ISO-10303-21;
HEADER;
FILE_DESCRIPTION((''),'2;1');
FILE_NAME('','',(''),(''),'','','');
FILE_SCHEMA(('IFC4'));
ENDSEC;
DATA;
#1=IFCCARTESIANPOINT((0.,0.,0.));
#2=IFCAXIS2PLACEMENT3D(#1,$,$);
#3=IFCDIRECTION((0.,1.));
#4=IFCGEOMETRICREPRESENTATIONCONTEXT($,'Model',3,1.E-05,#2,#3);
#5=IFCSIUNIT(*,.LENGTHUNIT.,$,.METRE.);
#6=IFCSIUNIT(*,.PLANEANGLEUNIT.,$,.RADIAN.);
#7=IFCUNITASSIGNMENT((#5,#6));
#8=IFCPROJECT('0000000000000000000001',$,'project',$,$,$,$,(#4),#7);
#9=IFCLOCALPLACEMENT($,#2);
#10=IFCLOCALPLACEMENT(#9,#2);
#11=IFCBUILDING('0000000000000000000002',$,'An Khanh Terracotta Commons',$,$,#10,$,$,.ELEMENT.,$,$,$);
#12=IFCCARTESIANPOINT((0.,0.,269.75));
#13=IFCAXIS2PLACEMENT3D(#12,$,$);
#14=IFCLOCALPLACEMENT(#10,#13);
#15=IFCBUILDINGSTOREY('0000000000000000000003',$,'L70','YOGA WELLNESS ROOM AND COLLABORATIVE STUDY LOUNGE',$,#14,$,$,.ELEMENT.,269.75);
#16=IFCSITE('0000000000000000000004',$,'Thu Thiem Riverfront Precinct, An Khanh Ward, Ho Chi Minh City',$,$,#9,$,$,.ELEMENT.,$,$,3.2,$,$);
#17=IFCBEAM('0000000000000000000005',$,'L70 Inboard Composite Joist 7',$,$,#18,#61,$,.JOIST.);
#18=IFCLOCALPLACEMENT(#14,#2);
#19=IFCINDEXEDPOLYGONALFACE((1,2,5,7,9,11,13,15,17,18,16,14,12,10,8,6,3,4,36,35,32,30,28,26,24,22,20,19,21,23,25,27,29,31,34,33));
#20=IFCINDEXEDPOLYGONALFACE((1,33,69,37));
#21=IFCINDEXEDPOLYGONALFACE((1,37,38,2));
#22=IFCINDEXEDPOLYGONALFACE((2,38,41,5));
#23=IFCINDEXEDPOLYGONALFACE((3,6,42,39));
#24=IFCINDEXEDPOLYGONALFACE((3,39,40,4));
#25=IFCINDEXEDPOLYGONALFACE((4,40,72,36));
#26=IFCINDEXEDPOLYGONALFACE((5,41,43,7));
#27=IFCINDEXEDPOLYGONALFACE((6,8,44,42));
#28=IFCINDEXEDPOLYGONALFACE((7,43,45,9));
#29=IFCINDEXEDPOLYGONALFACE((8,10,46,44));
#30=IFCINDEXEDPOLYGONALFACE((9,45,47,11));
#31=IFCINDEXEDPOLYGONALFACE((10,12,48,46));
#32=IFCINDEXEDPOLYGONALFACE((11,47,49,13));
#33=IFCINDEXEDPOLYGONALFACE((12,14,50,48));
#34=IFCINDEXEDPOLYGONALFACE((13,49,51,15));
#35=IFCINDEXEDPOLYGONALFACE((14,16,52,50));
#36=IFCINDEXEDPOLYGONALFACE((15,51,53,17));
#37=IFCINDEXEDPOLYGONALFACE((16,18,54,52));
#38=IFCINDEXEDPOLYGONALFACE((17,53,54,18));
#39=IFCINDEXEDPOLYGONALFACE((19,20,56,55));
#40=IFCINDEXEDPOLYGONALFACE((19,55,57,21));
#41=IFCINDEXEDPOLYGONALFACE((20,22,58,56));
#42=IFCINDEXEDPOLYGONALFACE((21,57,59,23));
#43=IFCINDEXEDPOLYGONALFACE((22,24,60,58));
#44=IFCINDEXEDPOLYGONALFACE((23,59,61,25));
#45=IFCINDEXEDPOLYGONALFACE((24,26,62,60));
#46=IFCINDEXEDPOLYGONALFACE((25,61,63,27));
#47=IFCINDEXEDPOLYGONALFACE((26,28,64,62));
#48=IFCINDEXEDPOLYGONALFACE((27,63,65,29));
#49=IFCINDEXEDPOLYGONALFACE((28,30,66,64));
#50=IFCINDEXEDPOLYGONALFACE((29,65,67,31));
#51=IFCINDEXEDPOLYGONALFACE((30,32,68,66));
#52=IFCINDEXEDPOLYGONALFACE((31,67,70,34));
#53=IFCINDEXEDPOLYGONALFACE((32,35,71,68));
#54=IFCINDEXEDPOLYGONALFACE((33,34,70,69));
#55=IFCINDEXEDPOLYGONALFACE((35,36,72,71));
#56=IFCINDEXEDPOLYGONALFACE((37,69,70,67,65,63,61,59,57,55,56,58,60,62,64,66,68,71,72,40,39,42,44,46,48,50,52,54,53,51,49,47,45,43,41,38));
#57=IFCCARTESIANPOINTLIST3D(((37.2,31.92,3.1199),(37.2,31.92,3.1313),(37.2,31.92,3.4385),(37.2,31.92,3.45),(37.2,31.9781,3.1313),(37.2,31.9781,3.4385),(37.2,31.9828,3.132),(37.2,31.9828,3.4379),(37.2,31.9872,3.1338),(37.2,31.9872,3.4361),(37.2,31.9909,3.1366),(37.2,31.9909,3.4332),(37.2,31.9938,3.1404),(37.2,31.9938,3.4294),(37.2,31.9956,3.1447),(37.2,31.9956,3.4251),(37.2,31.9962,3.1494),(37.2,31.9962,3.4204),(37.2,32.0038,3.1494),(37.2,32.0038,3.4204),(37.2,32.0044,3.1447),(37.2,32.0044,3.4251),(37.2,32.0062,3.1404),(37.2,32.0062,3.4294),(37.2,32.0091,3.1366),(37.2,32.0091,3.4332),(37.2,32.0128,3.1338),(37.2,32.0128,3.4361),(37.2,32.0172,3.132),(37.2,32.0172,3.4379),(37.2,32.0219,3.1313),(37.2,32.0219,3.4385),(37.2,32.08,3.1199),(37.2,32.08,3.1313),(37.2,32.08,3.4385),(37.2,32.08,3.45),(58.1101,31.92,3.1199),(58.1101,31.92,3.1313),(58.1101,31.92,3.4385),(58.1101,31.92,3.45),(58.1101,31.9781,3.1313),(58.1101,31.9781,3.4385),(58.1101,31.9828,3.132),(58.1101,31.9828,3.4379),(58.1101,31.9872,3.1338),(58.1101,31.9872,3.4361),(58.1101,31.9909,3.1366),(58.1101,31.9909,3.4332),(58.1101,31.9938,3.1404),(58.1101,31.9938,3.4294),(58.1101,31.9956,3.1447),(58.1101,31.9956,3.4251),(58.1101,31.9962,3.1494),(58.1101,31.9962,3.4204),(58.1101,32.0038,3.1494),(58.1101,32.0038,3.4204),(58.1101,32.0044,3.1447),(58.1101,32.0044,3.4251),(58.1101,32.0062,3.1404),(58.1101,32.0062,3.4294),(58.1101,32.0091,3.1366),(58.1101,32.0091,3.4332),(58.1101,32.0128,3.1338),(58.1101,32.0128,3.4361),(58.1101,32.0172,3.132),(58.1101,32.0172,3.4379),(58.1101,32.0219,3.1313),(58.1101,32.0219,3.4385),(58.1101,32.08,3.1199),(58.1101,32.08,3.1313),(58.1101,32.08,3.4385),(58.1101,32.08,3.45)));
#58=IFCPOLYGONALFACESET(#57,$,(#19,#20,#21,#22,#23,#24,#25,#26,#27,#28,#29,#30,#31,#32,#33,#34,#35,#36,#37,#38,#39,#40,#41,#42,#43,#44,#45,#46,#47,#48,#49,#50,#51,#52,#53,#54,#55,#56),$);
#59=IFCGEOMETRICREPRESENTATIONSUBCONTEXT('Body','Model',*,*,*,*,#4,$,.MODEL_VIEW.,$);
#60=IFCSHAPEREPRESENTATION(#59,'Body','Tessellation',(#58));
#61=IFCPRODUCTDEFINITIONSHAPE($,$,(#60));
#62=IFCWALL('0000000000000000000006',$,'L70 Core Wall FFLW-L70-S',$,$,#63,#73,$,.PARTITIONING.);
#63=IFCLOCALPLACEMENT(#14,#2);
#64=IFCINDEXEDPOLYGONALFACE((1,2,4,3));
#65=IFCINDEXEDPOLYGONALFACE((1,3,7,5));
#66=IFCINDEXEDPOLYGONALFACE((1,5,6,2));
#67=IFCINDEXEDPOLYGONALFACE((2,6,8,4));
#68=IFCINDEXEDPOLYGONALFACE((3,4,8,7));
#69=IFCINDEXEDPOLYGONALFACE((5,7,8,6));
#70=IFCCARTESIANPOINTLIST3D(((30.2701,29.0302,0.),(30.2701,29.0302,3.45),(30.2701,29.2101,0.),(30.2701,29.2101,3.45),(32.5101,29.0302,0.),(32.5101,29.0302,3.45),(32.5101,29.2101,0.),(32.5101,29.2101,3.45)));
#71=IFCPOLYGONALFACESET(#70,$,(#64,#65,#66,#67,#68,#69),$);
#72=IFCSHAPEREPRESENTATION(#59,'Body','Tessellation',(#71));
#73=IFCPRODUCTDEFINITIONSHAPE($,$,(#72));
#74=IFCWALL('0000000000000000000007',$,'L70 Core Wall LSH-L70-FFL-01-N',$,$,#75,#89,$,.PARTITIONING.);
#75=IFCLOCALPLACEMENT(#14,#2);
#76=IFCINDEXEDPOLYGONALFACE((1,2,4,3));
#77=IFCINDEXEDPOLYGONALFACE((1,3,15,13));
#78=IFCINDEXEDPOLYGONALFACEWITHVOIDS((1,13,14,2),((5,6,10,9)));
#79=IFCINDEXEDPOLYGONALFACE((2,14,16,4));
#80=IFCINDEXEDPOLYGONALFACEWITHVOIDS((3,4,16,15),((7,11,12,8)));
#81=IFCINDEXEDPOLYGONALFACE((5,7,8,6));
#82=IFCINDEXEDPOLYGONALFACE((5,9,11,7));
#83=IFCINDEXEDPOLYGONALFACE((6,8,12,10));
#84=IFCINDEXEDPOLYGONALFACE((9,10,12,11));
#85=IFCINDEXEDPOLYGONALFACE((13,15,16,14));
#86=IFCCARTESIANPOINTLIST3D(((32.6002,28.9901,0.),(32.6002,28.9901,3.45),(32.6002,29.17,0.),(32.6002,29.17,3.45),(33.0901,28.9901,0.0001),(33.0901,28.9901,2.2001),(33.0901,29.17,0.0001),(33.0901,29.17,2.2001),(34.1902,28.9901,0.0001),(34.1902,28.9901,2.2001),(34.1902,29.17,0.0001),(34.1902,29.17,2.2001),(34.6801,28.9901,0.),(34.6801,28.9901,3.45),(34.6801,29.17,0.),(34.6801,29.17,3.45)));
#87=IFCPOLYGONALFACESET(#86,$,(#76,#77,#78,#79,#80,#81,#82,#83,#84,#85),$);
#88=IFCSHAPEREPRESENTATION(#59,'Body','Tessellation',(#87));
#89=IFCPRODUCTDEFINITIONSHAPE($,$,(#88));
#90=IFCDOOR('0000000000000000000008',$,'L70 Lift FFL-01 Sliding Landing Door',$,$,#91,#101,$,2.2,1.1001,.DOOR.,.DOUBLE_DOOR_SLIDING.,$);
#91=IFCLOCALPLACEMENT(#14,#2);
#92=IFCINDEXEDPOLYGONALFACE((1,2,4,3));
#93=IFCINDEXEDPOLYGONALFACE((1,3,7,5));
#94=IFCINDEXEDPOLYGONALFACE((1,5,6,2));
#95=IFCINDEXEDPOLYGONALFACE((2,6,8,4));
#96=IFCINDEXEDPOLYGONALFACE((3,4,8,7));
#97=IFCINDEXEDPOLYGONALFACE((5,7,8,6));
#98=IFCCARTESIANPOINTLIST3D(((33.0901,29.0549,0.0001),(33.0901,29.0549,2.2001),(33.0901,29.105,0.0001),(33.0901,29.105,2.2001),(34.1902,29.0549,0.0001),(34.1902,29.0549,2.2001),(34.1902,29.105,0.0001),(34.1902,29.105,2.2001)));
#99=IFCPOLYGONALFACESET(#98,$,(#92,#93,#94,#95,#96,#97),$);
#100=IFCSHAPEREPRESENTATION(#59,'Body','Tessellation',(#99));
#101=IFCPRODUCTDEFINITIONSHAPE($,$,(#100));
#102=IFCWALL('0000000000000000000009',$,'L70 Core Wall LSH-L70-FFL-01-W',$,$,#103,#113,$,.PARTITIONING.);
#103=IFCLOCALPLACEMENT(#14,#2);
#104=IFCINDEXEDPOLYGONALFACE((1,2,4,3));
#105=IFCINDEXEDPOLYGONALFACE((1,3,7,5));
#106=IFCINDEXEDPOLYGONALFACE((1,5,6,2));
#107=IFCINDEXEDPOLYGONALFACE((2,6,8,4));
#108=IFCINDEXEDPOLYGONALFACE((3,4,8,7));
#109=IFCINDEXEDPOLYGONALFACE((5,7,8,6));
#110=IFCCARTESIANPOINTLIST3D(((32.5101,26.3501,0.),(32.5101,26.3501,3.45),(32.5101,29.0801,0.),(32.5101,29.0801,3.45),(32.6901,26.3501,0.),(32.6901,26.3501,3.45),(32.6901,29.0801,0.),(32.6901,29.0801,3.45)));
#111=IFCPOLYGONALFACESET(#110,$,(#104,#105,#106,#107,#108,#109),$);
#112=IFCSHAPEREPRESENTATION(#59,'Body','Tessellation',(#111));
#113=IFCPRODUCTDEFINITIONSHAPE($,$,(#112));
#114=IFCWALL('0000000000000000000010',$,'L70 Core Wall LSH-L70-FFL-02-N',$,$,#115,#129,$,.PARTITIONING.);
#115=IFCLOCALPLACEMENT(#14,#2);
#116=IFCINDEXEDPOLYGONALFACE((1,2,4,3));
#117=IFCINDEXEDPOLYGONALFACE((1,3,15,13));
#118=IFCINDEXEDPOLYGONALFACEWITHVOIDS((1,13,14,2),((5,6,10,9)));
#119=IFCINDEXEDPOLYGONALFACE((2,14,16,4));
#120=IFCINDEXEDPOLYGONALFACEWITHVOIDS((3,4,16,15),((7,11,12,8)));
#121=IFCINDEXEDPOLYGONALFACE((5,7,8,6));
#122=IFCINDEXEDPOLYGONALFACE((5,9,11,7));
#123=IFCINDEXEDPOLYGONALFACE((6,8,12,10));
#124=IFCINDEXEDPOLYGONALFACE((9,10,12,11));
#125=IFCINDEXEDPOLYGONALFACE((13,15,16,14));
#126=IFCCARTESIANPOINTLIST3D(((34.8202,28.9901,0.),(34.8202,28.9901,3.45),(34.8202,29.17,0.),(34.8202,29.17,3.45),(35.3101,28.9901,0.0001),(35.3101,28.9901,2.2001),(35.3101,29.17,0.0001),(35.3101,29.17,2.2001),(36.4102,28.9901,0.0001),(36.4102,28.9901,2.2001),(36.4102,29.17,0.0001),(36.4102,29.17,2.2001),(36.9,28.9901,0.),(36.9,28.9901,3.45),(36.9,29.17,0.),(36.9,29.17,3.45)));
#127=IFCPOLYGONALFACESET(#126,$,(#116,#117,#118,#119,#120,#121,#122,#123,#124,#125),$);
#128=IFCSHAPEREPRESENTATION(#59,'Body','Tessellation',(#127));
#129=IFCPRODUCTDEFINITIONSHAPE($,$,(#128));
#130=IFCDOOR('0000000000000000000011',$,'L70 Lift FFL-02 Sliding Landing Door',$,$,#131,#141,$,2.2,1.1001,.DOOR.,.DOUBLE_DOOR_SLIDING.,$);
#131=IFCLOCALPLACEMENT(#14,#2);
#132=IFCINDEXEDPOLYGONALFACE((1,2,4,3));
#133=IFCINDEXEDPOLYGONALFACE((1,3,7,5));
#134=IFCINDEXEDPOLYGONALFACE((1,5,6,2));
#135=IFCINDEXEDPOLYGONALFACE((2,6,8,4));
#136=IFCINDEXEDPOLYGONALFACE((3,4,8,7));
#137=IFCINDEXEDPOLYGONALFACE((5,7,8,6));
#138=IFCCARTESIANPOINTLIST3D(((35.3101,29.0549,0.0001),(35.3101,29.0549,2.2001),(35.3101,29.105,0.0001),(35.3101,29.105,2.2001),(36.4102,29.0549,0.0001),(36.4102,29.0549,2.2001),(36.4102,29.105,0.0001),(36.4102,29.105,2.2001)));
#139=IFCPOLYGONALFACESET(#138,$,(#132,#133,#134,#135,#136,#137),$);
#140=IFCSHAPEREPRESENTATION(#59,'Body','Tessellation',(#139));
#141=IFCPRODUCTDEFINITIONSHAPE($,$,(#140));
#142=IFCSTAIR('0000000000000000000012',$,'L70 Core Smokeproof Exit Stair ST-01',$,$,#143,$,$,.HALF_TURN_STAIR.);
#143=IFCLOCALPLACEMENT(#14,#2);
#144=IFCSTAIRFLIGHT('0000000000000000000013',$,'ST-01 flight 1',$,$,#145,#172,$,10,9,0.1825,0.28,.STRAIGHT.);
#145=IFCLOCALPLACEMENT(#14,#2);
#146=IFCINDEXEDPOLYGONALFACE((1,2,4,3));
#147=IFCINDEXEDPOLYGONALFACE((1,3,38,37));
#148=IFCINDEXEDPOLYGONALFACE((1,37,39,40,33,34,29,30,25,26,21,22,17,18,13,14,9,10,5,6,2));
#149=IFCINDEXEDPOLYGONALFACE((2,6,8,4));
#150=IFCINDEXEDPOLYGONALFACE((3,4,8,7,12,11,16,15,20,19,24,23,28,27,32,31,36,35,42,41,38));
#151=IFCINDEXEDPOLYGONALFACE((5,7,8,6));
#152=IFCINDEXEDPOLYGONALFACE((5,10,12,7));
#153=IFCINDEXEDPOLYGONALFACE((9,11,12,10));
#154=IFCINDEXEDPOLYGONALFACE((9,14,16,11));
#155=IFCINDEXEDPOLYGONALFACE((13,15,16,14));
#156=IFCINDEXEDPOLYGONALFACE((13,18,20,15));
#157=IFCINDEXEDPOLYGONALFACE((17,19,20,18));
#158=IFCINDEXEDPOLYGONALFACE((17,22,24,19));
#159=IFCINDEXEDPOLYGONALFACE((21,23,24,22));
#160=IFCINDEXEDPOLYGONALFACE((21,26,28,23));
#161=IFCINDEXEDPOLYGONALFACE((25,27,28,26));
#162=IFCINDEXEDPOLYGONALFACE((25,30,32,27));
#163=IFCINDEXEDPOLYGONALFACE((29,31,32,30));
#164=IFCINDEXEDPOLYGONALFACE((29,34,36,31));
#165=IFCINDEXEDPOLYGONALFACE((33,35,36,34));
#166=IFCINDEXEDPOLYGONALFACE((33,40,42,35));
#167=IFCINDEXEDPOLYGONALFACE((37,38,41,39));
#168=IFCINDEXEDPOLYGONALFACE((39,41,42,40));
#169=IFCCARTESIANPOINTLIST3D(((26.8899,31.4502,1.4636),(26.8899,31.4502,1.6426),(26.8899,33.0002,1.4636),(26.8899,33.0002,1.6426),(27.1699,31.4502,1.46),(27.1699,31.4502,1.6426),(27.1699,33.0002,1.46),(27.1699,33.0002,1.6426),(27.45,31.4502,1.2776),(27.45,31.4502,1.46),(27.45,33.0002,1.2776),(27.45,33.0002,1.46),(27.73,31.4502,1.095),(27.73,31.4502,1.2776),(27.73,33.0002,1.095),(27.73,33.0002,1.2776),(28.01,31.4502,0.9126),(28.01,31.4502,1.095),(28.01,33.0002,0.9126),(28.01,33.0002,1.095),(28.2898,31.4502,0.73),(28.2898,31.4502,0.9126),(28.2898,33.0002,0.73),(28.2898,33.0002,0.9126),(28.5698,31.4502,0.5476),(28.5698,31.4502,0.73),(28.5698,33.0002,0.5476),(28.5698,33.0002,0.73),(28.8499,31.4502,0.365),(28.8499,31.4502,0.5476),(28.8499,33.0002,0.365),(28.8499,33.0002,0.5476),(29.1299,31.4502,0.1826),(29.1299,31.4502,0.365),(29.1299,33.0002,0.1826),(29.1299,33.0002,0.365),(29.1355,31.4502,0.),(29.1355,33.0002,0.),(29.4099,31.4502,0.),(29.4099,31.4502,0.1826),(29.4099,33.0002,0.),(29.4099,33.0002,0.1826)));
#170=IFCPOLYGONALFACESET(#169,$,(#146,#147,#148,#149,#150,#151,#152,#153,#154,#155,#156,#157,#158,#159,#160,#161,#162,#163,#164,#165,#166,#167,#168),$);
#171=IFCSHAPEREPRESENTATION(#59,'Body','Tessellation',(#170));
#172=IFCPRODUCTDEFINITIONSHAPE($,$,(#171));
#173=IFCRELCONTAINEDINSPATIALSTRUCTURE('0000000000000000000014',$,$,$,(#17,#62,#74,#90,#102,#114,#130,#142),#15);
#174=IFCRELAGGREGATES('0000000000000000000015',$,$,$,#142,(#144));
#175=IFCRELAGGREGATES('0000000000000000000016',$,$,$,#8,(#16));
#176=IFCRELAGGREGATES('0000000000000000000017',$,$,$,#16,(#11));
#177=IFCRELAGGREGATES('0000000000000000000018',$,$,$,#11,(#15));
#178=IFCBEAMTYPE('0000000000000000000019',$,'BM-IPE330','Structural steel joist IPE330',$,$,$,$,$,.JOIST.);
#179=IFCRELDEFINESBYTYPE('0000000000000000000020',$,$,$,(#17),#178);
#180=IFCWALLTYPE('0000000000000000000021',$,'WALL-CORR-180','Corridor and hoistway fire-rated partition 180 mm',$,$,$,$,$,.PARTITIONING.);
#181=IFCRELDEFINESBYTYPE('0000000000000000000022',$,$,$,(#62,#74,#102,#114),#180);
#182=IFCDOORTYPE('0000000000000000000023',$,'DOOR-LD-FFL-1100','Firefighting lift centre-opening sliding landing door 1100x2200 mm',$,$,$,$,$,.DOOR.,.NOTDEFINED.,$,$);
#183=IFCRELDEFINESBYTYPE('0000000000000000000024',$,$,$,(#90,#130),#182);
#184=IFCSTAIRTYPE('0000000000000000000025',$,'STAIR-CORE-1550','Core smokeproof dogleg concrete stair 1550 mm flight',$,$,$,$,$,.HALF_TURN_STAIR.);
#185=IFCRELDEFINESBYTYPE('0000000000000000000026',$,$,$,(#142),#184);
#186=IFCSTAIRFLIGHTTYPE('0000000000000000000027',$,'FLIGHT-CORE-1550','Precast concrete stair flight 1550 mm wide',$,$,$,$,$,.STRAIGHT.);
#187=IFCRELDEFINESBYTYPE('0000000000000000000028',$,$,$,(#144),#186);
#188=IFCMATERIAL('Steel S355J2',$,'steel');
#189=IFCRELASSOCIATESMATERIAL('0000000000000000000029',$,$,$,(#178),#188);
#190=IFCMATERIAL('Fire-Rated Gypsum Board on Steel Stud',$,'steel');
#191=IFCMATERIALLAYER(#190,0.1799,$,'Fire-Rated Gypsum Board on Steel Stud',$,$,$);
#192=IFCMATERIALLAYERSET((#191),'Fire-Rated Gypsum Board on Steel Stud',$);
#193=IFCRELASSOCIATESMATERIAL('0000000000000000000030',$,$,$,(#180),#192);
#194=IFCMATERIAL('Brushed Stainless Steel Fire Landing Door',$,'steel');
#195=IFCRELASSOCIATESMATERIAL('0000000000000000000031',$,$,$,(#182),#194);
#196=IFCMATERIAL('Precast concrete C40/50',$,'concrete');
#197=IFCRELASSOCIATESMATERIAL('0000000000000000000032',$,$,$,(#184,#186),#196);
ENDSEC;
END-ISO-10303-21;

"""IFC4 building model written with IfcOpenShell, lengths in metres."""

from ifc_helpers import new_model, si_unit, direction, frame, frame_2d, origin, origin_2d, place, context, subcontext, project, spatial, polyline, rectangle, i_section, outline, extrude, material, layer, layer_set, material_profile, profile_set, type_object, element, fill, aggregate, save


model = new_model("IFC4")

# Units and contexts
model_context = context("Model", 3, precision=1e-05, world=origin(), true_north=direction((0.0, 1.0)))
body_context = subcontext(model_context, "Body", "Model", "MODEL_VIEW")
ifc_project = project(units=[si_unit("LENGTHUNIT", "METRE"), si_unit("PLANEANGLEUNIT", "RADIAN")], contexts=[model_context])

# Site, building, storey
site_placement = place(None, origin())
site = spatial("IfcSite", under=ifc_project, at=site_placement, Name="Thu Thiem Riverfront Precinct, An Khanh Ward, Ho Chi Minh City", CompositionType="ELEMENT", RefElevation=3.2)
building_placement = place(site_placement, origin())
building = spatial("IfcBuilding", under=site, at=building_placement, Name="An Khanh Terracotta Commons", CompositionType="ELEMENT")
storey_placement = place(building_placement, frame((0.0, 0.0, 269.75)))
storey = spatial("IfcBuildingStorey", under=building, at=storey_placement, Name="L70", Description="YOGA WELLNESS ROOM AND COLLABORATIVE STUDY LOUNGE", CompositionType="ELEMENT", Elevation=269.75)

# Beam
ifc_material_1 = material(Name="Steel S355J2", Category="steel")
ifc_material_profile_1 = material_profile(ifc_material_1, i_section(OverallWidth=0.1599, OverallDepth=0.3301, WebThickness=0.0076, FlangeThickness=0.0115, FilletRadius=0.0181, at=origin_2d()), Name="IPE330")
ifc_profile_set_1 = profile_set([ifc_material_profile_1], Name="Steel S355J2")
beam_type_1 = type_object("IfcBeamType", Name="BM-IPE330", Description="Structural steel joist IPE330", PredefinedType="JOIST", material=ifc_profile_set_1)
for number, where, z_axis, x_axis, name in (
    (1, (37.2, 32.0, 3.2849), (1.0, 0.0, 0.0), (0.0, 1.0, 0.0), "L70 Inboard Composite Joist 7"),
):
    element("IfcBeam", number, at=place(storey_placement, frame(where, z_axis=z_axis, x_axis=x_axis)), inside=storey, type_object=beam_type_1, Name=name, PredefinedType="JOIST", context=body_context, shape_type="SweptSolid", body=[
        extrude(i_section(OverallWidth=0.1599, OverallDepth=0.3301, WebThickness=0.0076, FlangeThickness=0.0115, FilletRadius=0.0181, at=origin_2d()), origin(), (0.0, 0.0, 1.0), 20.9102),
    ])

# Wall
ifc_material_2 = material(Name="Fire-Rated Gypsum Board on Steel Stud", Category="steel")
ifc_layer_1 = layer(ifc_material_2, 0.1799, Name="Fire-Rated Gypsum Board on Steel Stud")
ifc_layer_set_1 = layer_set([ifc_layer_1], Name="Fire-Rated Gypsum Board on Steel Stud")
wall_type_1 = type_object("IfcWallType", Name="WALL-CORR-180", Description="Corridor and hoistway fire-rated partition 180 mm", PredefinedType="PARTITIONING", material=ifc_layer_set_1)
wall_1_placement = place(storey_placement, frame((30.27, 29.1201, 0.0), z_axis=(0.0, 0.0, 1.0), x_axis=(1.0, 0.0, 0.0)))
element("IfcWall", 2, at=wall_1_placement, inside=storey, type_object=wall_type_1, Name="L70 Core Wall FFLW-L70-S", PredefinedType="PARTITIONING", context=body_context, shape_type="SweptSolid", body=[
    extrude(rectangle(XDim=2.24, YDim=0.1799, at=frame_2d((1.1201, 0.0))), origin(), (0.0, 0.0, 1.0), 3.45),
])

# Wall, opening, door
wall_2_placement = place(storey_placement, frame((32.6001, 29.0801, 0.0), z_axis=(0.0, 0.0, 1.0), x_axis=(1.0, 0.0, 0.0)))
wall_2 = element("IfcWall", 3, at=wall_2_placement, inside=storey, type_object=wall_type_1, Name="L70 Core Wall LSH-L70-FFL-01-N", PredefinedType="PARTITIONING", context=body_context, shape_type="SweptSolid", body=[
    extrude(rectangle(XDim=2.0798, YDim=0.1799, at=frame_2d((1.04, 0.0))), origin(), (0.0, 0.0, 1.0), 3.45),
])
opening_1_placement = place(wall_2_placement, frame((0.49, 0.0, 0.0)))
opening_1 = element("IfcOpeningElement", 4, at=opening_1_placement, cuts=wall_2, PredefinedType="OPENING", context=body_context, shape_type="SweptSolid", body=[
    extrude(rectangle(XDim=1.1001, YDim=2.2, at=frame_2d((0.55, 1.1001))), frame((0.0, 0.0999, 0.0), z_axis=(0.0, -1.0, 0.0), x_axis=(1.0, 0.0, 0.0)), (0.0, 0.0, 1.0), 0.2),
])
ifc_material_3 = material(Name="Brushed Stainless Steel Fire Landing Door", Category="steel")
door_type_1 = type_object("IfcDoorType", Name="DOOR-LD-FFL-1100", Description="Firefighting lift centre-opening sliding landing door 1100x2200 mm", OperationType="NOTDEFINED", PredefinedType="DOOR", material=ifc_material_3)
door_1_placement = place(opening_1_placement, origin())
door_1 = element("IfcDoor", 5, at=door_1_placement, inside=storey, type_object=door_type_1, Name="L70 Lift FFL-01 Sliding Landing Door", OperationType="DOUBLE_DOOR_SLIDING", OverallHeight=2.2, OverallWidth=1.1001, PredefinedType="DOOR", context=body_context, shape_type="SweptSolid", body=[
    extrude(rectangle(XDim=1.1001, YDim=2.2, at=frame_2d((0.55, 1.1001))), frame((0.0, 0.0249, 0.0), z_axis=(0.0, -1.0, 0.0), x_axis=(1.0, 0.0, 0.0)), (0.0, 0.0, 1.0), 0.05),
])
fill(opening_1, door_1)

# Wall
wall_3_placement = place(storey_placement, frame((32.6001, 29.0801, 0.0), z_axis=(0.0, 0.0, 1.0), x_axis=(0.0, -1.0, 0.0)))
element("IfcWall", 6, at=wall_3_placement, inside=storey, type_object=wall_type_1, Name="L70 Core Wall LSH-L70-FFL-01-W", PredefinedType="PARTITIONING", context=body_context, shape_type="SweptSolid", body=[
    extrude(rectangle(XDim=2.73, YDim=0.1799, at=frame_2d((1.365, 0.0))), origin(), (0.0, 0.0, 1.0), 3.45),
])

# Wall, opening, door
wall_4_placement = place(storey_placement, frame((34.8201, 29.0801, 0.0), z_axis=(0.0, 0.0, 1.0), x_axis=(1.0, 0.0, 0.0)))
wall_4 = element("IfcWall", 7, at=wall_4_placement, inside=storey, type_object=wall_type_1, Name="L70 Core Wall LSH-L70-FFL-02-N", PredefinedType="PARTITIONING", context=body_context, shape_type="SweptSolid", body=[
    extrude(rectangle(XDim=2.0798, YDim=0.1799, at=frame_2d((1.04, 0.0))), origin(), (0.0, 0.0, 1.0), 3.45),
])
opening_2_placement = place(wall_4_placement, frame((0.49, 0.0, 0.0)))
opening_2 = element("IfcOpeningElement", 8, at=opening_2_placement, cuts=wall_4, PredefinedType="OPENING", context=body_context, shape_type="SweptSolid", body=[
    extrude(rectangle(XDim=1.1001, YDim=2.2, at=frame_2d((0.55, 1.1001))), frame((0.0, 0.0999, 0.0), z_axis=(0.0, -1.0, 0.0), x_axis=(1.0, 0.0, 0.0)), (0.0, 0.0, 1.0), 0.2),
])
door_2_placement = place(opening_2_placement, origin())
door_2 = element("IfcDoor", 9, at=door_2_placement, inside=storey, type_object=door_type_1, Name="L70 Lift FFL-02 Sliding Landing Door", OperationType="DOUBLE_DOOR_SLIDING", OverallHeight=2.2, OverallWidth=1.1001, PredefinedType="DOOR", context=body_context, shape_type="SweptSolid", body=[
    extrude(rectangle(XDim=1.1001, YDim=2.2, at=frame_2d((0.55, 1.1001))), frame((0.0, 0.0249, 0.0), z_axis=(0.0, -1.0, 0.0), x_axis=(1.0, 0.0, 0.0)), (0.0, 0.0, 1.0), 0.05),
])
fill(opening_2, door_2)

# Stair, stair flight
ifc_material_4 = material(Name="Precast concrete C40/50", Category="concrete")
stair_type = type_object("IfcStairType", Name="STAIR-CORE-1550", Description="Core smokeproof dogleg concrete stair 1550 mm flight", PredefinedType="HALF_TURN_STAIR", material=ifc_material_4)
stair_placement = place(storey_placement, origin())
stair = element("IfcStair", 10, at=stair_placement, inside=storey, type_object=stair_type, Name="L70 Core Smokeproof Exit Stair ST-01", PredefinedType="HALF_TURN_STAIR")
stair_flight_type = type_object("IfcStairFlightType", Name="FLIGHT-CORE-1550", Description="Precast concrete stair flight 1550 mm wide", PredefinedType="STRAIGHT", material=ifc_material_4)
stair_flight_placement = place(storey_placement, frame((29.4099, 32.2251, 0.0), z_axis=(0.0, 0.0, 1.0), x_axis=(-1.0, 0.0, 0.0)))
stair_flight = element("IfcStairFlight", 11, at=stair_flight_placement, type_object=stair_flight_type, Name="ST-01 flight 1", NumberOfRisers=10, NumberOfTreads=9, PredefinedType="STRAIGHT", RiserHeight=0.1825, TreadLength=0.28, context=body_context, shape_type="SweptSolid", body=[
    extrude(outline(polyline([(0.0, 0.0), (0.0, 0.1826), (0.28, 0.1826), (0.28, 0.365), (0.5601, 0.365), (0.5601, 0.5476), (0.8401, 0.5476), (0.8401, 0.73), (1.1201, 0.73), (1.1201, 0.9126), (1.3999, 0.9126), (1.3999, 1.095), (1.6799, 1.095), (1.6799, 1.2776), (1.96, 1.2776), (1.96, 1.46), (2.24, 1.46), (2.24, 1.6426), (2.52, 1.6426), (2.52, 1.825), (2.52, 1.4636), (0.2744, 0.0), (0.0, 0.0)])), frame((0.0, 0.7749, 0.0), z_axis=(0.0, -1.0, 0.0), x_axis=(1.0, 0.0, 0.0)), (0.0, 0.0, 1.0), 1.55),
])
aggregate(stair, [stair_flight])

save(model, "model.ifc")
